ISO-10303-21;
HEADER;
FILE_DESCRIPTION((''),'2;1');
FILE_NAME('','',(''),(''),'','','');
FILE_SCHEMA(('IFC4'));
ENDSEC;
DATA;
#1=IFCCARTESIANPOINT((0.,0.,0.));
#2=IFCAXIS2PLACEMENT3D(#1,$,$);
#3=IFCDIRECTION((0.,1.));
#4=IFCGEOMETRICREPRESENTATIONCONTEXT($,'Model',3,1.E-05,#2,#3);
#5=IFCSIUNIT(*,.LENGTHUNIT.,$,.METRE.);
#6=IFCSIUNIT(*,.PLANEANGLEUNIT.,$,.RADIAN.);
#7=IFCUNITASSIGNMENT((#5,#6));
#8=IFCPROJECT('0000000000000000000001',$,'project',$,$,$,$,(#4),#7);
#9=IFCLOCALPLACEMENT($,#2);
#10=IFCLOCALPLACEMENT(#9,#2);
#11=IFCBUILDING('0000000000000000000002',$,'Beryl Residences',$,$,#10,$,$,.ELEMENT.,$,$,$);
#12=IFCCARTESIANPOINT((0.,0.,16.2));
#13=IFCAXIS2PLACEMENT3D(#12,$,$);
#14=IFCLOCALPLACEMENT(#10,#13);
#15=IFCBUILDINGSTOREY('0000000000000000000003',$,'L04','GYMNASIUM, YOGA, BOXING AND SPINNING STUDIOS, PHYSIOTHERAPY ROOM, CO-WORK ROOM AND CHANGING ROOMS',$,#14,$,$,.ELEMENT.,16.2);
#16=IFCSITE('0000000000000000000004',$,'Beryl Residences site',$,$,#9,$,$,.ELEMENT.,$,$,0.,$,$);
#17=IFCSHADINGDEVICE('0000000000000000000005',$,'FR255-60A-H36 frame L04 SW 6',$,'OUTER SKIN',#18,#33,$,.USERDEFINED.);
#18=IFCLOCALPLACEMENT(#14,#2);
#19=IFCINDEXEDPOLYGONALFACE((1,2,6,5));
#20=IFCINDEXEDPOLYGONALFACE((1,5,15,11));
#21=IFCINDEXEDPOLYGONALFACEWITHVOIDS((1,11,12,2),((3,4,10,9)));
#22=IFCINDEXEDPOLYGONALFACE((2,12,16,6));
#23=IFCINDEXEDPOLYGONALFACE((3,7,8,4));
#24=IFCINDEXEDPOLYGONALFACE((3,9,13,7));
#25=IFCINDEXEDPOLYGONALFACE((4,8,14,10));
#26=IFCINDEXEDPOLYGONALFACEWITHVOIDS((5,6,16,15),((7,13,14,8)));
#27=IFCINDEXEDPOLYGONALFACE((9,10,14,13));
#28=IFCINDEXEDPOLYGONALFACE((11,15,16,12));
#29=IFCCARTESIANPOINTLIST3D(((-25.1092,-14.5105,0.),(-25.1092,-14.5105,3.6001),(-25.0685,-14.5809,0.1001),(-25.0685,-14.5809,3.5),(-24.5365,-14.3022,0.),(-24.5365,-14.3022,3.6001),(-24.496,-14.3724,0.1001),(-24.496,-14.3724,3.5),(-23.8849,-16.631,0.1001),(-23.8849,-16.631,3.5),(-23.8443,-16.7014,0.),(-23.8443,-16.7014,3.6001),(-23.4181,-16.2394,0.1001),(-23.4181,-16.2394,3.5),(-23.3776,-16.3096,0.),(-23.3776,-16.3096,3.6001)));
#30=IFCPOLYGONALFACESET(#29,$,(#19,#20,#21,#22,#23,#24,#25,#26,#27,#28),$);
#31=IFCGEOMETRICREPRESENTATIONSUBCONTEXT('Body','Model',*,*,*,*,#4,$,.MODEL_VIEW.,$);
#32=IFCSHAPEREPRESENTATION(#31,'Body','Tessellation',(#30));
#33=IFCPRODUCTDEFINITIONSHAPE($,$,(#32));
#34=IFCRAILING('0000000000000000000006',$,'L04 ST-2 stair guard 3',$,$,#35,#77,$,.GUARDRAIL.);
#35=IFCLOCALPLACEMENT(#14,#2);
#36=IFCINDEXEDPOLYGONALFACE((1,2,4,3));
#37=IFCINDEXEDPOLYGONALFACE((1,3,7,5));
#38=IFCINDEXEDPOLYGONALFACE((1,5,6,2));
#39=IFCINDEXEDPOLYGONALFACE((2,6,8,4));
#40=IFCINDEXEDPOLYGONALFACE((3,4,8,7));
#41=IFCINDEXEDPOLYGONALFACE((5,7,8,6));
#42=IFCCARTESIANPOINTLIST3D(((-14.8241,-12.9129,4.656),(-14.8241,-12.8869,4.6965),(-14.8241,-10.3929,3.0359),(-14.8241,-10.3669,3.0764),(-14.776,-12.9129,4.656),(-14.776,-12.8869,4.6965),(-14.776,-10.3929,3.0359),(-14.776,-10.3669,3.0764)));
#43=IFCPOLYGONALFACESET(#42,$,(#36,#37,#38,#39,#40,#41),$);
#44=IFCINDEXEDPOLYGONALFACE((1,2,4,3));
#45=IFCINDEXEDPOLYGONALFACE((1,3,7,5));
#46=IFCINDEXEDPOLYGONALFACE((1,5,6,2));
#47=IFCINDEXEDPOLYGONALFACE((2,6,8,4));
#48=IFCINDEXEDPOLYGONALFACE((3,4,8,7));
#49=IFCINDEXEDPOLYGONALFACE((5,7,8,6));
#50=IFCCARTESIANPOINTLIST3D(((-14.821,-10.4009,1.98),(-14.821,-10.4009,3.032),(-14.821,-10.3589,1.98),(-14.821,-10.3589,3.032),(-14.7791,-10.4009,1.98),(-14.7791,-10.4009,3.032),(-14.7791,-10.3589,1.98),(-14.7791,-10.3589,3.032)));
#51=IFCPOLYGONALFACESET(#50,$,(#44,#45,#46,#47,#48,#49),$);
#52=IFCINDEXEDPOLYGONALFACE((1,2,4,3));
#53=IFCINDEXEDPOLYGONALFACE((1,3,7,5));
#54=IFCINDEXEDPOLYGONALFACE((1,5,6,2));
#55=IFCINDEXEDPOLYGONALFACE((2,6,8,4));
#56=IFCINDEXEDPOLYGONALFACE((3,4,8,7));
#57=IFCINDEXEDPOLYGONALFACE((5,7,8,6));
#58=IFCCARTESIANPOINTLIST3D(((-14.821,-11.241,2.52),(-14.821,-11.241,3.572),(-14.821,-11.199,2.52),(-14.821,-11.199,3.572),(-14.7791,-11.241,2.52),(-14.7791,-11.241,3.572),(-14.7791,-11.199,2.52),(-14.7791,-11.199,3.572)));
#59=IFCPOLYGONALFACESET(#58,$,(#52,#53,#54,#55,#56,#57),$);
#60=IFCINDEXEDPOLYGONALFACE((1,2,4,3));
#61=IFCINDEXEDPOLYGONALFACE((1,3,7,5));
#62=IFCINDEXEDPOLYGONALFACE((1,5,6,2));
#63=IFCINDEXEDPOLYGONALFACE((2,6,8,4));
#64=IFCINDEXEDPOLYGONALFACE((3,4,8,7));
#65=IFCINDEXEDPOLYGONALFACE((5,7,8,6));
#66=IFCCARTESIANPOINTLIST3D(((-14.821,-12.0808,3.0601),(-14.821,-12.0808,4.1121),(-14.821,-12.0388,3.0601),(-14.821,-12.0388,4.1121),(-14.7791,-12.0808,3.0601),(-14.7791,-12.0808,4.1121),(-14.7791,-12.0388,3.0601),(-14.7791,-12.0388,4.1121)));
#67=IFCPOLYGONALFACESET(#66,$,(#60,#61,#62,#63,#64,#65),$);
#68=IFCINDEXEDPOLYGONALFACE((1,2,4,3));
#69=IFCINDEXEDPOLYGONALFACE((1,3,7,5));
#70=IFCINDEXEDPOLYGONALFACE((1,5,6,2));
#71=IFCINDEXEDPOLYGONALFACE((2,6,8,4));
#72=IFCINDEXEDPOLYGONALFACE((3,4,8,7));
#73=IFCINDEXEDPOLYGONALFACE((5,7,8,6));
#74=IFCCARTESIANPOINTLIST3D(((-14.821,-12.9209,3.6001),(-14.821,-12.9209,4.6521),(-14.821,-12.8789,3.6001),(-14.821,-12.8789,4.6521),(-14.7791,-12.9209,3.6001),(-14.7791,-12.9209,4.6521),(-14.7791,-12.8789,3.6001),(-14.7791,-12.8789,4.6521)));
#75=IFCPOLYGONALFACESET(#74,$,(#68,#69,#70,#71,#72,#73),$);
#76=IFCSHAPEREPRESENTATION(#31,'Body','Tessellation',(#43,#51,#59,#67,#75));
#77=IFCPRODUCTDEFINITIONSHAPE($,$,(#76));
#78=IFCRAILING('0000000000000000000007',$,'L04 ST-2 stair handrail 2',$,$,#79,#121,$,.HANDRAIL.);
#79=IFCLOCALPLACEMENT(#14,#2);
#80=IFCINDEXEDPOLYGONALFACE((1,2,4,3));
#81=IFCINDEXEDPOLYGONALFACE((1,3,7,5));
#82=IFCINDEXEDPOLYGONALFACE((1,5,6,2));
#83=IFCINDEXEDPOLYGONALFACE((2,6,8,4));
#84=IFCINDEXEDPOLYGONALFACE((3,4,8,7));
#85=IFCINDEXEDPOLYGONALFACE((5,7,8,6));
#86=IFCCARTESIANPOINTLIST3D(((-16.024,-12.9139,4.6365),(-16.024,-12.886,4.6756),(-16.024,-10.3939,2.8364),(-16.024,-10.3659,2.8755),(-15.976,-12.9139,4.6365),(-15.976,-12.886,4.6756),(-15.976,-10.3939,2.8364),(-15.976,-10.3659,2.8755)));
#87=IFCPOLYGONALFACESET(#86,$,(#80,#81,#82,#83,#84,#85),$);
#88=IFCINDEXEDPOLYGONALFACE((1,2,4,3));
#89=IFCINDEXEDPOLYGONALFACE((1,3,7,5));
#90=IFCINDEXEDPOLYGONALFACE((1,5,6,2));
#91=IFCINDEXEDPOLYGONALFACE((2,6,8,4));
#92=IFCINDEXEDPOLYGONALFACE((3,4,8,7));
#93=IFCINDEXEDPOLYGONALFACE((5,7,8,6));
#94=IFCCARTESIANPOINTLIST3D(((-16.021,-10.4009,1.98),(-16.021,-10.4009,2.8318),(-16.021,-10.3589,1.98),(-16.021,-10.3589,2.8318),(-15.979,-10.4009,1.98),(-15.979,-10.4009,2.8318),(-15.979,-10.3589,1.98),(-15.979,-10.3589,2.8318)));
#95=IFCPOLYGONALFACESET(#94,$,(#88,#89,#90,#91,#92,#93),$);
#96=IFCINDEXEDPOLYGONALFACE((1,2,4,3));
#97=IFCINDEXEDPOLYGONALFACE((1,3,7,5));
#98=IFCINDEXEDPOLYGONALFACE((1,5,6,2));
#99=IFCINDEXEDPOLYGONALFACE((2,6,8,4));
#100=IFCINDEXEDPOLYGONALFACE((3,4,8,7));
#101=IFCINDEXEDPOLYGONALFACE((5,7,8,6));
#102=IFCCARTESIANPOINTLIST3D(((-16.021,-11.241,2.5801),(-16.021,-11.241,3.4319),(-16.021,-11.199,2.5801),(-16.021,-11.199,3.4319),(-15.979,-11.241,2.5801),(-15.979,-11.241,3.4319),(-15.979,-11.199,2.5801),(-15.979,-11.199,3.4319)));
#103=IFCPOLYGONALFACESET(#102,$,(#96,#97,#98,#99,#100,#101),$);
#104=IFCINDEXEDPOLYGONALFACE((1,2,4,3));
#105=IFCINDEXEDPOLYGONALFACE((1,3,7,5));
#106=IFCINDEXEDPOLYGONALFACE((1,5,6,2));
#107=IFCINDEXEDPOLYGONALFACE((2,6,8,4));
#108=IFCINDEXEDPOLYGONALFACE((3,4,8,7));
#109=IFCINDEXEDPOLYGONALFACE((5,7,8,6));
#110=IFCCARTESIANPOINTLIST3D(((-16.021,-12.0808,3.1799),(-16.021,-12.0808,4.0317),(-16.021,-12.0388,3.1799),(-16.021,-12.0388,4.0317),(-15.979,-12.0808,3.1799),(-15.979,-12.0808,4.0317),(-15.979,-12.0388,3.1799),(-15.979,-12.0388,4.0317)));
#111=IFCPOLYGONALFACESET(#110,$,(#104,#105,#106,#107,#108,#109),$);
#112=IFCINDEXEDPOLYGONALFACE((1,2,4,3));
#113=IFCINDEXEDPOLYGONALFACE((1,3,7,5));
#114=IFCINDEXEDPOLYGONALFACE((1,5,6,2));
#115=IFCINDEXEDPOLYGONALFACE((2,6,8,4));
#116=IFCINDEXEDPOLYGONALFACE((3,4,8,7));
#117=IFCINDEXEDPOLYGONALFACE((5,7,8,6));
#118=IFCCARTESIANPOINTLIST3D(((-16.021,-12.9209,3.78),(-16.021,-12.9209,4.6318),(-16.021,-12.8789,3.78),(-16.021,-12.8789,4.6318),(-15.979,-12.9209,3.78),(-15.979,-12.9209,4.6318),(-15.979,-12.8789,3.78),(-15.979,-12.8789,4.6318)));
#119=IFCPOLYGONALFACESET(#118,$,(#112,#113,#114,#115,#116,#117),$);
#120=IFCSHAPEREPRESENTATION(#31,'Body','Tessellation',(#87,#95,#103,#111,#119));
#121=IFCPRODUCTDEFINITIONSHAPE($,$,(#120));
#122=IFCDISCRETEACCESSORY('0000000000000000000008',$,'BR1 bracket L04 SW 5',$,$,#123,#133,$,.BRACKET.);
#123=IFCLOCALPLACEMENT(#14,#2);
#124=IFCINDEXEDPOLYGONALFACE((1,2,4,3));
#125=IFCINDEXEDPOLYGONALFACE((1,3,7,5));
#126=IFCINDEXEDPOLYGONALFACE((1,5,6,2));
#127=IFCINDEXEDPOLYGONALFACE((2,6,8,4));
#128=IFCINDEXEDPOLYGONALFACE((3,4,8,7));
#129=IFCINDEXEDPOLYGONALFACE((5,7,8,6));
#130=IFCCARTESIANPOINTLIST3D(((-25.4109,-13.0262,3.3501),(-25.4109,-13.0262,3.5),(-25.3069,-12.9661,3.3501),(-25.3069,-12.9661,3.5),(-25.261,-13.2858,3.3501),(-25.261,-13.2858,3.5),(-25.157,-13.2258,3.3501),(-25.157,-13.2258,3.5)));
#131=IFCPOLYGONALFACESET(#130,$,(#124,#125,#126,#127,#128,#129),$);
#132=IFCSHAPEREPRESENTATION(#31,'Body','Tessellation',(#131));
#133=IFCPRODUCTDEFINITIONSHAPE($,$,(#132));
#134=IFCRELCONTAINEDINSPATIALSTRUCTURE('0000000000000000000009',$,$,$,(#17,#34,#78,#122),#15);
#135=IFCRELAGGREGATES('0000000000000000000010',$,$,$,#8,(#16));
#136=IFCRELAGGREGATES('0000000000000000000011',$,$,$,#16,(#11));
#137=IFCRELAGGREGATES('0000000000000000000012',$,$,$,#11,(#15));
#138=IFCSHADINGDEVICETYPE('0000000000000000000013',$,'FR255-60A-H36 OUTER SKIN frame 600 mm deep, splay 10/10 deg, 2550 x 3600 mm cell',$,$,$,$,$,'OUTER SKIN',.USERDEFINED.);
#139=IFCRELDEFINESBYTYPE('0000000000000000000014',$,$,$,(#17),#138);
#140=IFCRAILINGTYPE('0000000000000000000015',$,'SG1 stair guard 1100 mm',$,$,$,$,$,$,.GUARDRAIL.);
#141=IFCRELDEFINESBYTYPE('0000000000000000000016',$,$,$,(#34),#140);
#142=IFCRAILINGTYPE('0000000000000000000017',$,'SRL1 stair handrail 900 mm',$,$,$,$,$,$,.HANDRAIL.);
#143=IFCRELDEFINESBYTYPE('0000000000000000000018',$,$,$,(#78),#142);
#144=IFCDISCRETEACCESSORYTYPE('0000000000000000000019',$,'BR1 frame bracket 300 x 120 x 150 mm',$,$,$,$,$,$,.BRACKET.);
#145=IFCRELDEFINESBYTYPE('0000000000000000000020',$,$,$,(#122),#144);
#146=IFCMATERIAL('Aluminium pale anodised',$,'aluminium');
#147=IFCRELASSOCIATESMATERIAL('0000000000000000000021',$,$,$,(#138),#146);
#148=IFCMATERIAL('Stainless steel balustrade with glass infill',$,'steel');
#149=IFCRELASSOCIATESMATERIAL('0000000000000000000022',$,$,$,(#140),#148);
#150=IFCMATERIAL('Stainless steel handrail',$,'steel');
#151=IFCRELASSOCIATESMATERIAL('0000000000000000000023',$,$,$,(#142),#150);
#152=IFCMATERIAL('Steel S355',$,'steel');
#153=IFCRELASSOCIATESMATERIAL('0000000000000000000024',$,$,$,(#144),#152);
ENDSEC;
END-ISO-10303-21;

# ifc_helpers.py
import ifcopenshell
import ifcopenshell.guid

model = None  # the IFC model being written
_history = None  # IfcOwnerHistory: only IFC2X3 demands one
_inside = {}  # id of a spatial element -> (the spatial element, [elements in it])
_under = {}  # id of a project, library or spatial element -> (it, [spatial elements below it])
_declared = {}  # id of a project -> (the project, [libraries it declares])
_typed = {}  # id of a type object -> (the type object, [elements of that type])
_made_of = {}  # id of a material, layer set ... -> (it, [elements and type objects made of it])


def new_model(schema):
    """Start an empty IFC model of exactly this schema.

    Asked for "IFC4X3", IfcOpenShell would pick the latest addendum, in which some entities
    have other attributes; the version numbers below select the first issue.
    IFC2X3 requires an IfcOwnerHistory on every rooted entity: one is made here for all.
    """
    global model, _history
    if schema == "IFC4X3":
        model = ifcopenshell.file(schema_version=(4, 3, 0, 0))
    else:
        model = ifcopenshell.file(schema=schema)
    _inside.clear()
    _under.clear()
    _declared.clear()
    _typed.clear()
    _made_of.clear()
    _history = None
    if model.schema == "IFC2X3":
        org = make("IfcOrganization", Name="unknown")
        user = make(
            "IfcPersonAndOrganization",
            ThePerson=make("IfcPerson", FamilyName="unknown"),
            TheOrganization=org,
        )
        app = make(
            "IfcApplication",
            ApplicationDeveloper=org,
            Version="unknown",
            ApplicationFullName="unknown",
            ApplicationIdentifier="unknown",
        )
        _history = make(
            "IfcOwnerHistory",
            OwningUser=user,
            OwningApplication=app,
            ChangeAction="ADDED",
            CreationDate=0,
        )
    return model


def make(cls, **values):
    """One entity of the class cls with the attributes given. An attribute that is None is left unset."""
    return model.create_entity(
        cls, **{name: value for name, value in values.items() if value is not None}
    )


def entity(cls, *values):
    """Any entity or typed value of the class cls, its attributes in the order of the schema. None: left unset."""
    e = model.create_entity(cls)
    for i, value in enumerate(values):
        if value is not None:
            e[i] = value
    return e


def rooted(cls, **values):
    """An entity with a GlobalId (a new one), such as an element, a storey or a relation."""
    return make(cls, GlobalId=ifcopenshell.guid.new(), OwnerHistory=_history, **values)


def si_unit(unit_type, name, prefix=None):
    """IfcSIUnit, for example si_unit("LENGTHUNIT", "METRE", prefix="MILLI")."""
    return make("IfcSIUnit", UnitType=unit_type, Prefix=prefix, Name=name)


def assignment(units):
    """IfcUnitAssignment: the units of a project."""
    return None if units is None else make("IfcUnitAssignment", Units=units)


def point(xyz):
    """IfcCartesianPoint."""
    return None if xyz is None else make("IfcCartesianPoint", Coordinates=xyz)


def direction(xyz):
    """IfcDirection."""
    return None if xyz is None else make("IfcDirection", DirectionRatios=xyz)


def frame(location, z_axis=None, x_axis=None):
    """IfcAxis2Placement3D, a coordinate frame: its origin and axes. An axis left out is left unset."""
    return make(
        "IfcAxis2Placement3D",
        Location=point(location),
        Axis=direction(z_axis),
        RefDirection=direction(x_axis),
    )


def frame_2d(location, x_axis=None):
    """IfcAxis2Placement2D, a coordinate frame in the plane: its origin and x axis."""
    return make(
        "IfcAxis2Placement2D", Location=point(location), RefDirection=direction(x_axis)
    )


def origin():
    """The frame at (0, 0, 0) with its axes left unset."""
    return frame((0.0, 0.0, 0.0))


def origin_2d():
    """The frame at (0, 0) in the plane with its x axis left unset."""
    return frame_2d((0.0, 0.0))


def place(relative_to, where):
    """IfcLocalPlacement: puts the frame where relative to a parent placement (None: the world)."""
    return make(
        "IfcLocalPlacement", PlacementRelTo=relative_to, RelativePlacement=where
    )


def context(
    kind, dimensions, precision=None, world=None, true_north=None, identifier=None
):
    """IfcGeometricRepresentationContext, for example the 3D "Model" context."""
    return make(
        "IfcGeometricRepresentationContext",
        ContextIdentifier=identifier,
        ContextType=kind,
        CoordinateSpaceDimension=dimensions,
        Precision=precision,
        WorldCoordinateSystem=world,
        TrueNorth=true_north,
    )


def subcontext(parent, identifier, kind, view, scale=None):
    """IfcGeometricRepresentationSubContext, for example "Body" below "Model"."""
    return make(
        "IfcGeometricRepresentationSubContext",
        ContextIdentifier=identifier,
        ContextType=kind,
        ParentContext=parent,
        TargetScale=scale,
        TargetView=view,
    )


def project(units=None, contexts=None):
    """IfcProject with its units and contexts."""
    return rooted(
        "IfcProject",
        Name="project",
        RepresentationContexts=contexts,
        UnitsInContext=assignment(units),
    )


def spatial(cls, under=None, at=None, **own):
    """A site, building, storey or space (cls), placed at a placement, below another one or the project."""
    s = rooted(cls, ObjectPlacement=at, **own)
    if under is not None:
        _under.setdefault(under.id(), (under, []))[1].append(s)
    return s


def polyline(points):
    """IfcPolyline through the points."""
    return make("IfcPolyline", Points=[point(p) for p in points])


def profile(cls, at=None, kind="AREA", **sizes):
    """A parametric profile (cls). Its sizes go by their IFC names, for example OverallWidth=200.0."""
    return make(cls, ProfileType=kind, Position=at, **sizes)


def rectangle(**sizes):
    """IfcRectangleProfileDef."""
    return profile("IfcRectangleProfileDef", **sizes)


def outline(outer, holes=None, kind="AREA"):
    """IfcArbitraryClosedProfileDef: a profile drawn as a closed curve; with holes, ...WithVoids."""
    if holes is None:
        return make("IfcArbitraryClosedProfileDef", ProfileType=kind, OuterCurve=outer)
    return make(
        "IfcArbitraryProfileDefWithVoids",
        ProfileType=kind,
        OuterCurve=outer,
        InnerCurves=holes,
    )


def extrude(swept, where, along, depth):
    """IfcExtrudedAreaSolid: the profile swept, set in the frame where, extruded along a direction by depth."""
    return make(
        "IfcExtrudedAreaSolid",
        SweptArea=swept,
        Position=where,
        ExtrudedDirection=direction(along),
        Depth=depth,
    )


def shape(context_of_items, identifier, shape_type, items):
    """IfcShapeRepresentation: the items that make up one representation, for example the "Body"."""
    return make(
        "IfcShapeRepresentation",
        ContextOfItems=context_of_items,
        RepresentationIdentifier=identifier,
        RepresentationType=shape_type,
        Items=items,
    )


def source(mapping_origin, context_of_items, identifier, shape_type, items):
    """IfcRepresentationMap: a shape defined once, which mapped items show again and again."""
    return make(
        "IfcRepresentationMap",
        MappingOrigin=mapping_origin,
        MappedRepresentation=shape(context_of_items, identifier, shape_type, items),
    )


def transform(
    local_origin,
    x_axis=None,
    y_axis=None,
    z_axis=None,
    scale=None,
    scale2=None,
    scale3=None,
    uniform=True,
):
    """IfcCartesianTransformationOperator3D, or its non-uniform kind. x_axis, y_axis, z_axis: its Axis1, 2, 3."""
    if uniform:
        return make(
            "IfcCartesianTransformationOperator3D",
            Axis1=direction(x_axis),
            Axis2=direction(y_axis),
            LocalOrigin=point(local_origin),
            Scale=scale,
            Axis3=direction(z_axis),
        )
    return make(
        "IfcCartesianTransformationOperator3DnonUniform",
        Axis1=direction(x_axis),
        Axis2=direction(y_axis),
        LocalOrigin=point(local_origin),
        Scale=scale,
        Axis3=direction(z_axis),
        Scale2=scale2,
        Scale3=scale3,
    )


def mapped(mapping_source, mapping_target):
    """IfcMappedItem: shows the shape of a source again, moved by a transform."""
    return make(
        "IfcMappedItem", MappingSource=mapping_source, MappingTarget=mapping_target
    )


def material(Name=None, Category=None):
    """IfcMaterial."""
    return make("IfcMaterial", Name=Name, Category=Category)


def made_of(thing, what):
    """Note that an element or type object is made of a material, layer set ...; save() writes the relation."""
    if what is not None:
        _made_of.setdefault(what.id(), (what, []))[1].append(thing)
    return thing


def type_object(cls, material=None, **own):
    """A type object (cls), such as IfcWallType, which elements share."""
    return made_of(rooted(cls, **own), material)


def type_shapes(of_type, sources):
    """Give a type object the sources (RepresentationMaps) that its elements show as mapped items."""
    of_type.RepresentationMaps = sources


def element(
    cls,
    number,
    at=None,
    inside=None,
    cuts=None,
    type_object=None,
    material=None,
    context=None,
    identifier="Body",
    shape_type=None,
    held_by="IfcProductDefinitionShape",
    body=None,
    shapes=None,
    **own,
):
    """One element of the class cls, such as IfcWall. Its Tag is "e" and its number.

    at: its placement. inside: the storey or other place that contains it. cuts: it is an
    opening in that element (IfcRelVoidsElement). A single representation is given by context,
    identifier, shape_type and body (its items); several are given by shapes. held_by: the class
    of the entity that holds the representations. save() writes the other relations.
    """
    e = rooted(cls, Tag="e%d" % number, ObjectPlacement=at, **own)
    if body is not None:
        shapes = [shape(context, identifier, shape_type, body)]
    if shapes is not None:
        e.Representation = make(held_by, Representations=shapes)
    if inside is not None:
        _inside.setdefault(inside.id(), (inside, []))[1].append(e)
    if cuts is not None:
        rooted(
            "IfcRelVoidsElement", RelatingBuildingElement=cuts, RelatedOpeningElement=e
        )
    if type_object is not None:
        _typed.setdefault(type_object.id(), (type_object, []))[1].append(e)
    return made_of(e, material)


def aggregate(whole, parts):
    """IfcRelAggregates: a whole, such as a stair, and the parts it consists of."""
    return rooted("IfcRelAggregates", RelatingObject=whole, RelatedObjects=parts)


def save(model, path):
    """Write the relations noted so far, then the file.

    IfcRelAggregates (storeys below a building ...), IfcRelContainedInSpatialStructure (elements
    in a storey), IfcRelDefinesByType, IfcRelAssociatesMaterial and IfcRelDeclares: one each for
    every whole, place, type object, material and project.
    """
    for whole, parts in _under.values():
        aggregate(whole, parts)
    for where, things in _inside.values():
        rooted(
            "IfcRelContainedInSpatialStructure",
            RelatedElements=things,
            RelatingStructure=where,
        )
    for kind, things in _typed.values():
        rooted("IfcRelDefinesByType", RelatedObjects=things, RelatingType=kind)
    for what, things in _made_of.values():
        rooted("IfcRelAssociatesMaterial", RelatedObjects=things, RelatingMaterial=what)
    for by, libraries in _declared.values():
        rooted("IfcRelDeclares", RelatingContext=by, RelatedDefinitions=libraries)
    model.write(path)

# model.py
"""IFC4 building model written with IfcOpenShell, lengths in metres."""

from ifc_helpers import new_model, entity, si_unit, direction, frame, origin, origin_2d, place, context, subcontext, project, spatial, polyline, rectangle, outline, extrude, source, transform, mapped, material, type_object, type_shapes, element, save


model = new_model("IFC4")

# Units and contexts
model_context = context("Model", 3, precision=1e-05, world=origin(), true_north=direction((0.0, 1.0)))
body_context = subcontext(model_context, "Body", "Model", "MODEL_VIEW")
ifc_project = project(units=[si_unit("LENGTHUNIT", "METRE"), si_unit("PLANEANGLEUNIT", "RADIAN")], contexts=[model_context])

# Site, building, storey
site_placement = place(None, origin())
site = spatial("IfcSite", under=ifc_project, at=site_placement, Name="Beryl Residences site", CompositionType="ELEMENT", RefElevation=0.0)
building_placement = place(site_placement, origin())
building = spatial("IfcBuilding", under=site, at=building_placement, Name="Beryl Residences", CompositionType="ELEMENT")
storey_placement = place(building_placement, frame((0.0, 0.0, 16.2)))
storey = spatial("IfcBuildingStorey", under=building, at=storey_placement, Name="L04", Description="GYMNASIUM, YOGA, BOXING AND SPINNING STUDIOS, PHYSIOTHERAPY ROOM, CO-WORK ROOM AND CHANGING ROOMS", CompositionType="ELEMENT", Elevation=16.2)

# Shading device
ifc_material_1 = material(Name="Aluminium pale anodised", Category="aluminium")
shading_device_type = type_object("IfcShadingDeviceType", Name="FR255-60A-H36 OUTER SKIN frame 600 mm deep, splay 10/10 deg, 2550 x 3600 mm cell", ElementType="OUTER SKIN", PredefinedType="USERDEFINED", material=ifc_material_1)
cartesian_point_1 = entity("IfcCartesianPoint", [-1.1589, 0.0])
cartesian_point_2 = entity("IfcCartesianPoint", [-1.0779, 0.1001])
cartesian_point_3 = entity("IfcCartesianPoint", [-1.2649, 0.0])
cartesian_point_4 = entity("IfcCartesianPoint", [-1.1836, 0.1001])
shared_shape_1 = source(origin(), body_context, "Body", "SweptSolid", [
    entity("IfcExtrudedAreaSolidTapered", entity("IfcArbitraryProfileDefWithVoids", "AREA", None, entity("IfcPolyline", [cartesian_point_1, entity("IfcCartesianPoint", [1.1589, 0.0]), entity("IfcCartesianPoint", [1.1589, 3.6001]), entity("IfcCartesianPoint", [-1.1589, 3.6001]), cartesian_point_1]), [entity("IfcPolyline", [cartesian_point_2, entity("IfcCartesianPoint", [1.0779, 0.1001]), entity("IfcCartesianPoint", [1.0779, 3.5]), entity("IfcCartesianPoint", [-1.0779, 3.5]), cartesian_point_2])]), entity("IfcAxis2Placement3D", entity("IfcCartesianPoint", [0.0, 0.0, 0.0]), entity("IfcDirection", [0.0, 1.0, 0.0]), entity("IfcDirection", [-1.0, 0.0, 0.0])), entity("IfcDirection", [0.0, 0.0, 1.0]), 0.6001, entity("IfcArbitraryProfileDefWithVoids", "AREA", None, entity("IfcPolyline", [cartesian_point_3, entity("IfcCartesianPoint", [1.2649, 0.0]), entity("IfcCartesianPoint", [1.2649, 3.6001]), entity("IfcCartesianPoint", [-1.2649, 3.6001]), cartesian_point_3]), [entity("IfcPolyline", [cartesian_point_4, entity("IfcCartesianPoint", [1.1836, 0.1001]), entity("IfcCartesianPoint", [1.1836, 3.5]), entity("IfcCartesianPoint", [-1.1836, 3.5]), cartesian_point_4])])),
])
type_shapes(shading_device_type, [shared_shape_1])
for number, where, z_axis, x_axis, name in (
    (1, (-23.957, -15.3059, 0.0), (0.0, 0.0, 1.0), (-0.5, 0.866025, 0.0), "FR255-60A-H36 frame L04 SW 6"),
):
    element("IfcShadingDevice", number, at=place(storey_placement, frame(where, z_axis=z_axis, x_axis=x_axis)), inside=storey, type_object=shading_device_type, Name=name, ObjectType="OUTER SKIN", PredefinedType="USERDEFINED", context=body_context, shape_type="MappedRepresentation", body=[
        mapped(shared_shape_1, transform((0.0, 0.0, 0.0))),
    ])

# Railings
ifc_material_2 = material(Name="Stainless steel balustrade with glass infill", Category="steel")
railing_type_1 = type_object("IfcRailingType", Name="SG1 stair guard 1100 mm", PredefinedType="GUARDRAIL", material=ifc_material_2)
railing_1_placement = place(storey_placement, frame((-14.8, -10.3799, 1.98)))
element("IfcRailing", 2, at=railing_1_placement, inside=storey, type_object=railing_type_1, Name="L04 ST-2 stair guard 3", PredefinedType="GUARDRAIL", context=body_context, shape_type="SweptSolid", body=[
    extrude(rectangle(XDim=0.0481, YDim=0.0481, at=origin_2d()), frame((0.0, 0.0, 1.0762), z_axis=(0.0, -0.841163, 0.540782), x_axis=(1.0, 0.0, 0.0)), (0.0, 0.0, 1.0), 2.9958),
    extrude(rectangle(XDim=0.042, YDim=0.042, at=origin_2d()), origin(), (0.0, 0.0, 1.0), 1.052),
    extrude(rectangle(XDim=0.042, YDim=0.042, at=origin_2d()), frame((0.0, -0.8401, 0.54)), (0.0, 0.0, 1.0), 1.052),
    extrude(rectangle(XDim=0.042, YDim=0.042, at=origin_2d()), frame((0.0, -1.6799, 1.0801)), (0.0, 0.0, 1.0), 1.052),
    extrude(rectangle(XDim=0.042, YDim=0.042, at=origin_2d()), frame((0.0, -2.52, 1.6201)), (0.0, 0.0, 1.0), 1.052),
])
ifc_material_3 = material(Name="Stainless steel handrail", Category="steel")
railing_type_2 = type_object("IfcRailingType", Name="SRL1 stair handrail 900 mm", PredefinedType="HANDRAIL", material=ifc_material_3)
railing_2_placement = place(storey_placement, frame((-16.0, -10.3799, 1.98)))
element("IfcRailing", 3, at=railing_2_placement, inside=storey, type_object=railing_type_2, Name="L04 ST-2 stair handrail 2", PredefinedType="HANDRAIL", context=body_context, shape_type="SweptSolid", body=[
    extrude(rectangle(XDim=0.0481, YDim=0.0481, at=origin_2d()), frame((0.0, 0.0, 0.876), z_axis=(0.0, -0.813728, 0.581246), x_axis=(1.0, 0.0, 0.0)), (0.0, 0.0, 1.0), 3.0969),
    extrude(rectangle(XDim=0.042, YDim=0.042, at=origin_2d()), origin(), (0.0, 0.0, 1.0), 0.8518),
    extrude(rectangle(XDim=0.042, YDim=0.042, at=origin_2d()), frame((0.0, -0.8401, 0.6001)), (0.0, 0.0, 1.0), 0.8518),
    extrude(rectangle(XDim=0.042, YDim=0.042, at=origin_2d()), frame((0.0, -1.6799, 1.2)), (0.0, 0.0, 1.0), 0.8518),
    extrude(rectangle(XDim=0.042, YDim=0.042, at=origin_2d()), frame((0.0, -2.52, 1.8)), (0.0, 0.0, 1.0), 0.8518),
])

# Discrete accessory
ifc_material_4 = material(Name="Steel S355", Category="steel")
discrete_accessory_type = type_object("IfcDiscreteAccessoryType", Name="BR1 frame bracket 300 x 120 x 150 mm", PredefinedType="BRACKET", material=ifc_material_4)
shared_shape_2 = source(origin(), body_context, "Body", "SweptSolid", [
    extrude(outline(polyline([(-0.1499, 0.0), (0.1499, 0.0), (0.1499, 0.1201), (-0.1499, 0.1201), (-0.1499, 0.0)])), origin(), (0.0, 0.0, 1.0), 0.1499),
])
type_shapes(discrete_accessory_type, [shared_shape_2])
discrete_accessory_placement = place(storey_placement, frame((-25.2319, -13.0959, 3.3501), z_axis=(0.0, 0.0, 1.0), x_axis=(-0.5, 0.866025, 0.0)))
element("IfcDiscreteAccessory", 4, at=discrete_accessory_placement, inside=storey, type_object=discrete_accessory_type, Name="BR1 bracket L04 SW 5", PredefinedType="BRACKET", context=body_context, shape_type="MappedRepresentation", body=[
    mapped(shared_shape_2, transform((0.0, 0.0, 0.0))),
])

save(model, "model.ifc")
